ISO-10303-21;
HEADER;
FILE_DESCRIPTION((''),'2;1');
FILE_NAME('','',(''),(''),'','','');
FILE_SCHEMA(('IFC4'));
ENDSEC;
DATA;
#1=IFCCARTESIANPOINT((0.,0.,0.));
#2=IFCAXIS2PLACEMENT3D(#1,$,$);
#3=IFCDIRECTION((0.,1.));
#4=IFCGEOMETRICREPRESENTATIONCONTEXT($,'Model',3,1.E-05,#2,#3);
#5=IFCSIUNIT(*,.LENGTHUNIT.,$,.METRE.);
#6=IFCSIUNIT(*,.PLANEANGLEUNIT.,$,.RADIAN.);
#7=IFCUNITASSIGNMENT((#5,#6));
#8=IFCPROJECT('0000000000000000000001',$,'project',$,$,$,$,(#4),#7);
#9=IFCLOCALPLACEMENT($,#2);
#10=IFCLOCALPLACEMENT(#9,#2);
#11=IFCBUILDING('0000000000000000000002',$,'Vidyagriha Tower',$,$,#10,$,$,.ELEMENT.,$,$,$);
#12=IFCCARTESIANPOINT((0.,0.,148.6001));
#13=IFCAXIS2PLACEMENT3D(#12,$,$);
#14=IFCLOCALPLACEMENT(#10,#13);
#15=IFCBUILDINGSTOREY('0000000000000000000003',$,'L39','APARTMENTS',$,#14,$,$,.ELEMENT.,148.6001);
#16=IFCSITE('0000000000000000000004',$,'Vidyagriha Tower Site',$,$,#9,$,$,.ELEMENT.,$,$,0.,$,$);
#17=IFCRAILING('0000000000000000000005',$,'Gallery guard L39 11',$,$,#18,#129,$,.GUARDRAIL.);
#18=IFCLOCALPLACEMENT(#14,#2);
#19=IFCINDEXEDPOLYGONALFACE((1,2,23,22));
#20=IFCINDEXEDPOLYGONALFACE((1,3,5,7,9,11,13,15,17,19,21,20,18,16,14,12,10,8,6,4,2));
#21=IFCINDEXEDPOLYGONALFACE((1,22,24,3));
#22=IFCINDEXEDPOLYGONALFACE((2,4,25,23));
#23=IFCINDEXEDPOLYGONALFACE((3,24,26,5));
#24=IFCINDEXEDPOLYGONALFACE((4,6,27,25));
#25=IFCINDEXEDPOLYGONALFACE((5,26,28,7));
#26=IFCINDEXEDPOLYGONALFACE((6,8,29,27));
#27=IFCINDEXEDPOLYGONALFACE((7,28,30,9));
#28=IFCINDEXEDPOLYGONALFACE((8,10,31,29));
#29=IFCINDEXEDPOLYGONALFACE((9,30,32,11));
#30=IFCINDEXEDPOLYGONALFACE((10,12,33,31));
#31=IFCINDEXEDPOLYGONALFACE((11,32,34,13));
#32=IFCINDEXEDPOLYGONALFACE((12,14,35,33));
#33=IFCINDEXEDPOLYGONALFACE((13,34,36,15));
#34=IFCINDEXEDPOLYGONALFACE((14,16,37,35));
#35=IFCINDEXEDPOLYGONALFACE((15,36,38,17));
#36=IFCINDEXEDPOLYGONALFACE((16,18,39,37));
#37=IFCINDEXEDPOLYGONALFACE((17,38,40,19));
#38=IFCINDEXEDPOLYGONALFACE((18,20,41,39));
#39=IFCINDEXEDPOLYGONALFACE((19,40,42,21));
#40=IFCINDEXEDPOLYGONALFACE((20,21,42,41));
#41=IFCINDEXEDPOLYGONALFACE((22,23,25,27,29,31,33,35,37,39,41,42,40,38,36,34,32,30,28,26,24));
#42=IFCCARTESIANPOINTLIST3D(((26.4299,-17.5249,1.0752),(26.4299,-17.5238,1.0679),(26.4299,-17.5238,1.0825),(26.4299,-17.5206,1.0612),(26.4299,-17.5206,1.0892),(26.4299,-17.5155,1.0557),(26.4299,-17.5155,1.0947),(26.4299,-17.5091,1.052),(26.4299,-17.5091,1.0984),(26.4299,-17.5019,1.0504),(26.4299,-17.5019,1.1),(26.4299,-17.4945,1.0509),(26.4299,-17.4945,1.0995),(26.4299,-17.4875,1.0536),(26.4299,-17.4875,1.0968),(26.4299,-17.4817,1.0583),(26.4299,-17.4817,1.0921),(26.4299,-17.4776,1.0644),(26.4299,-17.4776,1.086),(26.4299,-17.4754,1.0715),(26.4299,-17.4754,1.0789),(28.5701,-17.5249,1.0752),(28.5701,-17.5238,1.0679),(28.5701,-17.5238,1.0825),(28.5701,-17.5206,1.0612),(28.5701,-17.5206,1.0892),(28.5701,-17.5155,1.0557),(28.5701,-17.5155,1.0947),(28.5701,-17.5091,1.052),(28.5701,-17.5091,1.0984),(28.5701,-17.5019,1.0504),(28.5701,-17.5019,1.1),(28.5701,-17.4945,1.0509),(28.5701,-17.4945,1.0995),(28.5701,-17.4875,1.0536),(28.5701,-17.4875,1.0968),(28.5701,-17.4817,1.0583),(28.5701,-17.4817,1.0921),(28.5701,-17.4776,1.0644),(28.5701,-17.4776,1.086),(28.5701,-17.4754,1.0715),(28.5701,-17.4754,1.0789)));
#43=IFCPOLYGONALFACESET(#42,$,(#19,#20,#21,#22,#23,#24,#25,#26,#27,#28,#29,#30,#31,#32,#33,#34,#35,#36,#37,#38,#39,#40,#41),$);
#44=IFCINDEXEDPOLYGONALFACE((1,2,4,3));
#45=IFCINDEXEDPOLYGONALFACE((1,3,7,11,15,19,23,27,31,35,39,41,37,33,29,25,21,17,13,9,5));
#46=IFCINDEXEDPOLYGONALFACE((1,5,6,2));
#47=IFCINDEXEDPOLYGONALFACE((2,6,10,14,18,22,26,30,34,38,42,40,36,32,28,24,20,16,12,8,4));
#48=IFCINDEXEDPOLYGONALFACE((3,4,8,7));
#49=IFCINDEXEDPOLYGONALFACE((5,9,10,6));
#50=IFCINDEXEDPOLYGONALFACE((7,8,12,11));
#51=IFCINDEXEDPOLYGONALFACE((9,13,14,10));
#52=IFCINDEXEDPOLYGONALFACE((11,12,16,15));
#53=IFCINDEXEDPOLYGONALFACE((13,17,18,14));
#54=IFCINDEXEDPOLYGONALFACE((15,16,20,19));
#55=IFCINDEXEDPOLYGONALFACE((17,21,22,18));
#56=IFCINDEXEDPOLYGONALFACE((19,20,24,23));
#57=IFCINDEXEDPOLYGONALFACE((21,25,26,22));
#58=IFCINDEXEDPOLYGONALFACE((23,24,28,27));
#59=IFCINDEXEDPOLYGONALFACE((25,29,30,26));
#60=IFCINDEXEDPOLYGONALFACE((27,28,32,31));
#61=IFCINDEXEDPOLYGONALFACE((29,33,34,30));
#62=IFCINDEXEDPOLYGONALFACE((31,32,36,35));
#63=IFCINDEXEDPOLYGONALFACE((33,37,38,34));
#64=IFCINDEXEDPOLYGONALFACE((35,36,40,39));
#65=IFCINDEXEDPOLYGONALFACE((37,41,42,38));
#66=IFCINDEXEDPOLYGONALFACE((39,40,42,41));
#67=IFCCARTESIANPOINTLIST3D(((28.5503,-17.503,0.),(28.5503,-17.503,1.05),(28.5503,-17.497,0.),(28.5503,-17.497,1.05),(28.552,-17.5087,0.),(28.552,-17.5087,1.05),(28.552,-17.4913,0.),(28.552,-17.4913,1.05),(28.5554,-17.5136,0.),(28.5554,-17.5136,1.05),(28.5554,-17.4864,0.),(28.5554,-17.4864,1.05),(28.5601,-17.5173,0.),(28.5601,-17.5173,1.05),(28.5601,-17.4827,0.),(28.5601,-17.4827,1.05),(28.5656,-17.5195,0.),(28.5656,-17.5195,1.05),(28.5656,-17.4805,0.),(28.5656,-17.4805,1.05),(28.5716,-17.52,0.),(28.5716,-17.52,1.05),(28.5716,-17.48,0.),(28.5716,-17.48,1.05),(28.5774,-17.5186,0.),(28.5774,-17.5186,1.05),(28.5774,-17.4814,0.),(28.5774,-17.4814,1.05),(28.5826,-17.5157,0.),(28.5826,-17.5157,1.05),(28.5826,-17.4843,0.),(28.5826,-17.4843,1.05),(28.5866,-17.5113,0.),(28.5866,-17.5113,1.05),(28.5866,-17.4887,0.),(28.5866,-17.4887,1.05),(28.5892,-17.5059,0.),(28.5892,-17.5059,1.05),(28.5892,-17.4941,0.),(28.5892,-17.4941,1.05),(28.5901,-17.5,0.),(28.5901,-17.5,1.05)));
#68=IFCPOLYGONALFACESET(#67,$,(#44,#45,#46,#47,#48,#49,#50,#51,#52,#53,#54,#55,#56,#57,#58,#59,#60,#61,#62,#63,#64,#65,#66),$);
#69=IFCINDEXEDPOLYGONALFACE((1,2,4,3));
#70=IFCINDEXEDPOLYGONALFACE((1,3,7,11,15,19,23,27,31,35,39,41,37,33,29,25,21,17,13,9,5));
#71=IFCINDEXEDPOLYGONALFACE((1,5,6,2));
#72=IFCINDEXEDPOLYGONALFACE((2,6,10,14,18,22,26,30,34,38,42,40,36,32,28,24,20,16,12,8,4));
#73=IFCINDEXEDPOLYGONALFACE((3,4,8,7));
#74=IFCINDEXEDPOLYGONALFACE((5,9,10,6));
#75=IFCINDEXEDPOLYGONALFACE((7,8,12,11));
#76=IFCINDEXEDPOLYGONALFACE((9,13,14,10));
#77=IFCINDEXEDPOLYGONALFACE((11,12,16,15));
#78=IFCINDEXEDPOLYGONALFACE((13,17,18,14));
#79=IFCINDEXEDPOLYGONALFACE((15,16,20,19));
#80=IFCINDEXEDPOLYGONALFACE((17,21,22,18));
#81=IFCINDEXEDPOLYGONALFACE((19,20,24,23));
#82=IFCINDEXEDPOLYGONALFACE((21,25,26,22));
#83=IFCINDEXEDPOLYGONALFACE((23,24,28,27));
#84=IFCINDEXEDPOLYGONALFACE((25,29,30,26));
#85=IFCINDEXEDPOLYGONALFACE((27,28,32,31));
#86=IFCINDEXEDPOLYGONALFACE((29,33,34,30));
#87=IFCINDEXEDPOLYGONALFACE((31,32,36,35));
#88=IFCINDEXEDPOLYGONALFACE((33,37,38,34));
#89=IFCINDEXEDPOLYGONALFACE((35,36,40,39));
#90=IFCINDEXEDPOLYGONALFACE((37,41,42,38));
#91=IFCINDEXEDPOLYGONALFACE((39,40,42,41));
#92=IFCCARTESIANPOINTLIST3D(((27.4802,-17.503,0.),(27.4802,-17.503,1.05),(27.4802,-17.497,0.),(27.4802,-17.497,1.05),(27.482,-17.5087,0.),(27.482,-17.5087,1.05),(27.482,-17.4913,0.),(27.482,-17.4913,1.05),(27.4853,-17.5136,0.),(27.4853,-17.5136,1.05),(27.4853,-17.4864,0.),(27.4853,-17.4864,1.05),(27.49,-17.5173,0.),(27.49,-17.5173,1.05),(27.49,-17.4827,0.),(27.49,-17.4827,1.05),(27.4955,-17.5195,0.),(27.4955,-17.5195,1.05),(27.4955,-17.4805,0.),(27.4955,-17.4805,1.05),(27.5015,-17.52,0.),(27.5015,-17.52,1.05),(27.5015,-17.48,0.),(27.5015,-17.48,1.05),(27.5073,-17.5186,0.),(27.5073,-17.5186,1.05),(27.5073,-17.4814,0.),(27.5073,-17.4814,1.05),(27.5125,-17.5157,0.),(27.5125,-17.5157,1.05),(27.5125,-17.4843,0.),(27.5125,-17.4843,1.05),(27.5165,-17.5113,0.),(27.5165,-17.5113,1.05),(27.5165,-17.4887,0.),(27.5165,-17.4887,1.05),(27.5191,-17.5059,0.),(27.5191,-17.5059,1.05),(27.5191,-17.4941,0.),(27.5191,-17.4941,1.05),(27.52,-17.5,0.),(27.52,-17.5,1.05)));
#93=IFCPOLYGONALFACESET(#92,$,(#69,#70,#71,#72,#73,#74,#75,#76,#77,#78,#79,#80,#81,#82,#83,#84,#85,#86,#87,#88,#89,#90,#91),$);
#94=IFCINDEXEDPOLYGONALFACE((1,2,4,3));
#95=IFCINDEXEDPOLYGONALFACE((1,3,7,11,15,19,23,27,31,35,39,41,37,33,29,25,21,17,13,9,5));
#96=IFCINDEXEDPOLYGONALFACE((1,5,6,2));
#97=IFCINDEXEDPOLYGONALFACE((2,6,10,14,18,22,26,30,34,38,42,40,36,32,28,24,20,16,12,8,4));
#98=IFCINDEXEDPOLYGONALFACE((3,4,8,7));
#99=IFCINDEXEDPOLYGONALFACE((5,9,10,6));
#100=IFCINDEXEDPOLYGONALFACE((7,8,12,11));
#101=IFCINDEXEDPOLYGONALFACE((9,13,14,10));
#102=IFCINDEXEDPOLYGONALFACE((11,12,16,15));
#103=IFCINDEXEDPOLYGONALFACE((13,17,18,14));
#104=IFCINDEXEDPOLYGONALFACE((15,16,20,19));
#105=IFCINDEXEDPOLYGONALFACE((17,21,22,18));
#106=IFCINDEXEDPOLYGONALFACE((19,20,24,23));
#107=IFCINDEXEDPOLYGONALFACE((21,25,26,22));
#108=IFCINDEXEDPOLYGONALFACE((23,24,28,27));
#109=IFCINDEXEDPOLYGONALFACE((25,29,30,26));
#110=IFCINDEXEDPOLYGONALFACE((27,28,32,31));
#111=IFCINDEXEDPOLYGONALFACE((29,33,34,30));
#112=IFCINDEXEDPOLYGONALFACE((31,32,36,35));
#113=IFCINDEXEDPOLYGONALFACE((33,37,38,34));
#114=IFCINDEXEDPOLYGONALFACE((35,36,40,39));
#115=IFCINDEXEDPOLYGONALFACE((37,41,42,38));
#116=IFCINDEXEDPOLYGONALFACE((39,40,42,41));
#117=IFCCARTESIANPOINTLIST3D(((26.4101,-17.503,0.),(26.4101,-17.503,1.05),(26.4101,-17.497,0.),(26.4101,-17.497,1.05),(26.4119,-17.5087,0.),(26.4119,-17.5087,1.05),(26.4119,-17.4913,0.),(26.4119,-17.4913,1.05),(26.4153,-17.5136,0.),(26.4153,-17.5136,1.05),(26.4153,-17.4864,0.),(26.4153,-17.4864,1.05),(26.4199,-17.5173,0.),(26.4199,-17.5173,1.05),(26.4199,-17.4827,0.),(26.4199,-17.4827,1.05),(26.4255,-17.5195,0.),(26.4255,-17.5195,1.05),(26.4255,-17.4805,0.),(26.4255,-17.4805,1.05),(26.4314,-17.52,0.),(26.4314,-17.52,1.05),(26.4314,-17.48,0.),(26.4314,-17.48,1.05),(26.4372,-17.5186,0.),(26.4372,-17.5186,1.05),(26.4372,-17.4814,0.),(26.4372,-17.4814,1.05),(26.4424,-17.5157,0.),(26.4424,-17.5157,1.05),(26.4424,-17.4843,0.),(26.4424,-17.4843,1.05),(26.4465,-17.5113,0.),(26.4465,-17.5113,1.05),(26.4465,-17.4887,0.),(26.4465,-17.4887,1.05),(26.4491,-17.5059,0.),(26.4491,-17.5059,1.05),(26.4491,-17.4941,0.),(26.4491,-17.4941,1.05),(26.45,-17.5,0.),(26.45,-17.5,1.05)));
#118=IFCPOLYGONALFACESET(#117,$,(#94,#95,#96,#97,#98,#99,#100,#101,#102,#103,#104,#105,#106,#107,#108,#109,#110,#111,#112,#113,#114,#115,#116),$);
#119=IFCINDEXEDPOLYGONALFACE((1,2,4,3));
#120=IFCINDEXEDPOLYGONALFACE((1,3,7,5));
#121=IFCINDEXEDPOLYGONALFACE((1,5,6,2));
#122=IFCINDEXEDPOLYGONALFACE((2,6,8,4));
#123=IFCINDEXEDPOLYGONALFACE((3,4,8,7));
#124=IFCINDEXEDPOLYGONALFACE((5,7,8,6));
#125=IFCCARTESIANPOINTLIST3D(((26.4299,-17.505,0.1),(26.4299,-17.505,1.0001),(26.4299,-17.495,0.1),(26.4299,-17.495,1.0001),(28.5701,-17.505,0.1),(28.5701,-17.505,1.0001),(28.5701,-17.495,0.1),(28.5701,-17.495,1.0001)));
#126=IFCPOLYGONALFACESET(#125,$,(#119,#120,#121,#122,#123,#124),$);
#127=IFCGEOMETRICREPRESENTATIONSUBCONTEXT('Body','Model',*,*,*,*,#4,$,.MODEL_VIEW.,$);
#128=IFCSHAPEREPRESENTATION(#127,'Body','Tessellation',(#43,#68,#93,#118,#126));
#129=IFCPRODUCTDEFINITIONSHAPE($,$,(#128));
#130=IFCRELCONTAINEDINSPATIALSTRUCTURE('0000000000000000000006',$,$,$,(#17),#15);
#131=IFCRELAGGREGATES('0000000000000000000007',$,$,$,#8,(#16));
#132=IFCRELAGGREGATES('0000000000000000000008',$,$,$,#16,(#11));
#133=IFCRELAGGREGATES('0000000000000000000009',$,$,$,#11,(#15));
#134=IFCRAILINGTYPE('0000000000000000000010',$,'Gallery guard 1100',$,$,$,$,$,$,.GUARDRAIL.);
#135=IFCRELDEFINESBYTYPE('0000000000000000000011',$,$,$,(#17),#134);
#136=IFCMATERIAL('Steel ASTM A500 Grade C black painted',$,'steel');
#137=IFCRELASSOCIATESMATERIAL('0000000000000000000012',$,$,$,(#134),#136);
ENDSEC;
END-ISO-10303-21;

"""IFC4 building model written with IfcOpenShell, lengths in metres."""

from ifc_helpers import new_model, si_unit, direction, frame, origin, origin_2d, place, context, subcontext, project, spatial, rectangle, circle, extrude, material, type_object, element, save


model = new_model("IFC4")

# Units and contexts
model_context = context("Model", 3, precision=1e-05, world=origin(), true_north=direction((0.0, 1.0)))
body_context = subcontext(model_context, "Body", "Model", "MODEL_VIEW")
ifc_project = project(units=[si_unit("LENGTHUNIT", "METRE"), si_unit("PLANEANGLEUNIT", "RADIAN")], contexts=[model_context])

# Site, building, storey
site_placement = place(None, origin())
site = spatial("IfcSite", under=ifc_project, at=site_placement, Name="Vidyagriha Tower Site", CompositionType="ELEMENT", RefElevation=0.0)
building_placement = place(site_placement, origin())
building = spatial("IfcBuilding", under=site, at=building_placement, Name="Vidyagriha Tower", CompositionType="ELEMENT")
storey_placement = place(building_placement, frame((0.0, 0.0, 148.6001)))
storey = spatial("IfcBuildingStorey", under=building, at=storey_placement, Name="L39", Description="APARTMENTS", CompositionType="ELEMENT", Elevation=148.6001)

# Railing
ifc_material_1 = material(Name="Steel ASTM A500 Grade C black painted", Category="steel")
railing_type = type_object("IfcRailingType", Name="Gallery guard 1100", PredefinedType="GUARDRAIL", material=ifc_material_1)
railing_1_placement = place(storey_placement, frame((28.5701, -17.5, 0.0)))
element("IfcRailing", 1, at=railing_1_placement, inside=storey, type_object=railing_type, Name="Gallery guard L39 11", PredefinedType="GUARDRAIL", context=body_context, shape_type="SweptSolid", body=[
    extrude(circle(Radius=0.0249, at=origin_2d()), frame((0.0, 0.0, 1.0752), z_axis=(-1.0, 0.0, 0.0), x_axis=(0.0, -1.0, 0.0)), (0.0, 0.0, 1.0), 2.1401),
    extrude(circle(Radius=0.02, at=origin_2d()), origin(), (0.0, 0.0, 1.0), 1.05),
    extrude(circle(Radius=0.02, at=origin_2d()), frame((-1.0701, 0.0, 0.0)), (0.0, 0.0, 1.0), 1.05),
    extrude(circle(Radius=0.02, at=origin_2d()), frame((-2.1401, 0.0, 0.0)), (0.0, 0.0, 1.0), 1.05),
    extrude(rectangle(XDim=0.01, YDim=0.9001, at=origin_2d()), frame((0.0, 0.0, 0.55), z_axis=(-1.0, 0.0, 0.0), x_axis=(0.0, -1.0, 0.0)), (0.0, 0.0, 1.0), 2.1401),
])

save(model, "model.ifc")
